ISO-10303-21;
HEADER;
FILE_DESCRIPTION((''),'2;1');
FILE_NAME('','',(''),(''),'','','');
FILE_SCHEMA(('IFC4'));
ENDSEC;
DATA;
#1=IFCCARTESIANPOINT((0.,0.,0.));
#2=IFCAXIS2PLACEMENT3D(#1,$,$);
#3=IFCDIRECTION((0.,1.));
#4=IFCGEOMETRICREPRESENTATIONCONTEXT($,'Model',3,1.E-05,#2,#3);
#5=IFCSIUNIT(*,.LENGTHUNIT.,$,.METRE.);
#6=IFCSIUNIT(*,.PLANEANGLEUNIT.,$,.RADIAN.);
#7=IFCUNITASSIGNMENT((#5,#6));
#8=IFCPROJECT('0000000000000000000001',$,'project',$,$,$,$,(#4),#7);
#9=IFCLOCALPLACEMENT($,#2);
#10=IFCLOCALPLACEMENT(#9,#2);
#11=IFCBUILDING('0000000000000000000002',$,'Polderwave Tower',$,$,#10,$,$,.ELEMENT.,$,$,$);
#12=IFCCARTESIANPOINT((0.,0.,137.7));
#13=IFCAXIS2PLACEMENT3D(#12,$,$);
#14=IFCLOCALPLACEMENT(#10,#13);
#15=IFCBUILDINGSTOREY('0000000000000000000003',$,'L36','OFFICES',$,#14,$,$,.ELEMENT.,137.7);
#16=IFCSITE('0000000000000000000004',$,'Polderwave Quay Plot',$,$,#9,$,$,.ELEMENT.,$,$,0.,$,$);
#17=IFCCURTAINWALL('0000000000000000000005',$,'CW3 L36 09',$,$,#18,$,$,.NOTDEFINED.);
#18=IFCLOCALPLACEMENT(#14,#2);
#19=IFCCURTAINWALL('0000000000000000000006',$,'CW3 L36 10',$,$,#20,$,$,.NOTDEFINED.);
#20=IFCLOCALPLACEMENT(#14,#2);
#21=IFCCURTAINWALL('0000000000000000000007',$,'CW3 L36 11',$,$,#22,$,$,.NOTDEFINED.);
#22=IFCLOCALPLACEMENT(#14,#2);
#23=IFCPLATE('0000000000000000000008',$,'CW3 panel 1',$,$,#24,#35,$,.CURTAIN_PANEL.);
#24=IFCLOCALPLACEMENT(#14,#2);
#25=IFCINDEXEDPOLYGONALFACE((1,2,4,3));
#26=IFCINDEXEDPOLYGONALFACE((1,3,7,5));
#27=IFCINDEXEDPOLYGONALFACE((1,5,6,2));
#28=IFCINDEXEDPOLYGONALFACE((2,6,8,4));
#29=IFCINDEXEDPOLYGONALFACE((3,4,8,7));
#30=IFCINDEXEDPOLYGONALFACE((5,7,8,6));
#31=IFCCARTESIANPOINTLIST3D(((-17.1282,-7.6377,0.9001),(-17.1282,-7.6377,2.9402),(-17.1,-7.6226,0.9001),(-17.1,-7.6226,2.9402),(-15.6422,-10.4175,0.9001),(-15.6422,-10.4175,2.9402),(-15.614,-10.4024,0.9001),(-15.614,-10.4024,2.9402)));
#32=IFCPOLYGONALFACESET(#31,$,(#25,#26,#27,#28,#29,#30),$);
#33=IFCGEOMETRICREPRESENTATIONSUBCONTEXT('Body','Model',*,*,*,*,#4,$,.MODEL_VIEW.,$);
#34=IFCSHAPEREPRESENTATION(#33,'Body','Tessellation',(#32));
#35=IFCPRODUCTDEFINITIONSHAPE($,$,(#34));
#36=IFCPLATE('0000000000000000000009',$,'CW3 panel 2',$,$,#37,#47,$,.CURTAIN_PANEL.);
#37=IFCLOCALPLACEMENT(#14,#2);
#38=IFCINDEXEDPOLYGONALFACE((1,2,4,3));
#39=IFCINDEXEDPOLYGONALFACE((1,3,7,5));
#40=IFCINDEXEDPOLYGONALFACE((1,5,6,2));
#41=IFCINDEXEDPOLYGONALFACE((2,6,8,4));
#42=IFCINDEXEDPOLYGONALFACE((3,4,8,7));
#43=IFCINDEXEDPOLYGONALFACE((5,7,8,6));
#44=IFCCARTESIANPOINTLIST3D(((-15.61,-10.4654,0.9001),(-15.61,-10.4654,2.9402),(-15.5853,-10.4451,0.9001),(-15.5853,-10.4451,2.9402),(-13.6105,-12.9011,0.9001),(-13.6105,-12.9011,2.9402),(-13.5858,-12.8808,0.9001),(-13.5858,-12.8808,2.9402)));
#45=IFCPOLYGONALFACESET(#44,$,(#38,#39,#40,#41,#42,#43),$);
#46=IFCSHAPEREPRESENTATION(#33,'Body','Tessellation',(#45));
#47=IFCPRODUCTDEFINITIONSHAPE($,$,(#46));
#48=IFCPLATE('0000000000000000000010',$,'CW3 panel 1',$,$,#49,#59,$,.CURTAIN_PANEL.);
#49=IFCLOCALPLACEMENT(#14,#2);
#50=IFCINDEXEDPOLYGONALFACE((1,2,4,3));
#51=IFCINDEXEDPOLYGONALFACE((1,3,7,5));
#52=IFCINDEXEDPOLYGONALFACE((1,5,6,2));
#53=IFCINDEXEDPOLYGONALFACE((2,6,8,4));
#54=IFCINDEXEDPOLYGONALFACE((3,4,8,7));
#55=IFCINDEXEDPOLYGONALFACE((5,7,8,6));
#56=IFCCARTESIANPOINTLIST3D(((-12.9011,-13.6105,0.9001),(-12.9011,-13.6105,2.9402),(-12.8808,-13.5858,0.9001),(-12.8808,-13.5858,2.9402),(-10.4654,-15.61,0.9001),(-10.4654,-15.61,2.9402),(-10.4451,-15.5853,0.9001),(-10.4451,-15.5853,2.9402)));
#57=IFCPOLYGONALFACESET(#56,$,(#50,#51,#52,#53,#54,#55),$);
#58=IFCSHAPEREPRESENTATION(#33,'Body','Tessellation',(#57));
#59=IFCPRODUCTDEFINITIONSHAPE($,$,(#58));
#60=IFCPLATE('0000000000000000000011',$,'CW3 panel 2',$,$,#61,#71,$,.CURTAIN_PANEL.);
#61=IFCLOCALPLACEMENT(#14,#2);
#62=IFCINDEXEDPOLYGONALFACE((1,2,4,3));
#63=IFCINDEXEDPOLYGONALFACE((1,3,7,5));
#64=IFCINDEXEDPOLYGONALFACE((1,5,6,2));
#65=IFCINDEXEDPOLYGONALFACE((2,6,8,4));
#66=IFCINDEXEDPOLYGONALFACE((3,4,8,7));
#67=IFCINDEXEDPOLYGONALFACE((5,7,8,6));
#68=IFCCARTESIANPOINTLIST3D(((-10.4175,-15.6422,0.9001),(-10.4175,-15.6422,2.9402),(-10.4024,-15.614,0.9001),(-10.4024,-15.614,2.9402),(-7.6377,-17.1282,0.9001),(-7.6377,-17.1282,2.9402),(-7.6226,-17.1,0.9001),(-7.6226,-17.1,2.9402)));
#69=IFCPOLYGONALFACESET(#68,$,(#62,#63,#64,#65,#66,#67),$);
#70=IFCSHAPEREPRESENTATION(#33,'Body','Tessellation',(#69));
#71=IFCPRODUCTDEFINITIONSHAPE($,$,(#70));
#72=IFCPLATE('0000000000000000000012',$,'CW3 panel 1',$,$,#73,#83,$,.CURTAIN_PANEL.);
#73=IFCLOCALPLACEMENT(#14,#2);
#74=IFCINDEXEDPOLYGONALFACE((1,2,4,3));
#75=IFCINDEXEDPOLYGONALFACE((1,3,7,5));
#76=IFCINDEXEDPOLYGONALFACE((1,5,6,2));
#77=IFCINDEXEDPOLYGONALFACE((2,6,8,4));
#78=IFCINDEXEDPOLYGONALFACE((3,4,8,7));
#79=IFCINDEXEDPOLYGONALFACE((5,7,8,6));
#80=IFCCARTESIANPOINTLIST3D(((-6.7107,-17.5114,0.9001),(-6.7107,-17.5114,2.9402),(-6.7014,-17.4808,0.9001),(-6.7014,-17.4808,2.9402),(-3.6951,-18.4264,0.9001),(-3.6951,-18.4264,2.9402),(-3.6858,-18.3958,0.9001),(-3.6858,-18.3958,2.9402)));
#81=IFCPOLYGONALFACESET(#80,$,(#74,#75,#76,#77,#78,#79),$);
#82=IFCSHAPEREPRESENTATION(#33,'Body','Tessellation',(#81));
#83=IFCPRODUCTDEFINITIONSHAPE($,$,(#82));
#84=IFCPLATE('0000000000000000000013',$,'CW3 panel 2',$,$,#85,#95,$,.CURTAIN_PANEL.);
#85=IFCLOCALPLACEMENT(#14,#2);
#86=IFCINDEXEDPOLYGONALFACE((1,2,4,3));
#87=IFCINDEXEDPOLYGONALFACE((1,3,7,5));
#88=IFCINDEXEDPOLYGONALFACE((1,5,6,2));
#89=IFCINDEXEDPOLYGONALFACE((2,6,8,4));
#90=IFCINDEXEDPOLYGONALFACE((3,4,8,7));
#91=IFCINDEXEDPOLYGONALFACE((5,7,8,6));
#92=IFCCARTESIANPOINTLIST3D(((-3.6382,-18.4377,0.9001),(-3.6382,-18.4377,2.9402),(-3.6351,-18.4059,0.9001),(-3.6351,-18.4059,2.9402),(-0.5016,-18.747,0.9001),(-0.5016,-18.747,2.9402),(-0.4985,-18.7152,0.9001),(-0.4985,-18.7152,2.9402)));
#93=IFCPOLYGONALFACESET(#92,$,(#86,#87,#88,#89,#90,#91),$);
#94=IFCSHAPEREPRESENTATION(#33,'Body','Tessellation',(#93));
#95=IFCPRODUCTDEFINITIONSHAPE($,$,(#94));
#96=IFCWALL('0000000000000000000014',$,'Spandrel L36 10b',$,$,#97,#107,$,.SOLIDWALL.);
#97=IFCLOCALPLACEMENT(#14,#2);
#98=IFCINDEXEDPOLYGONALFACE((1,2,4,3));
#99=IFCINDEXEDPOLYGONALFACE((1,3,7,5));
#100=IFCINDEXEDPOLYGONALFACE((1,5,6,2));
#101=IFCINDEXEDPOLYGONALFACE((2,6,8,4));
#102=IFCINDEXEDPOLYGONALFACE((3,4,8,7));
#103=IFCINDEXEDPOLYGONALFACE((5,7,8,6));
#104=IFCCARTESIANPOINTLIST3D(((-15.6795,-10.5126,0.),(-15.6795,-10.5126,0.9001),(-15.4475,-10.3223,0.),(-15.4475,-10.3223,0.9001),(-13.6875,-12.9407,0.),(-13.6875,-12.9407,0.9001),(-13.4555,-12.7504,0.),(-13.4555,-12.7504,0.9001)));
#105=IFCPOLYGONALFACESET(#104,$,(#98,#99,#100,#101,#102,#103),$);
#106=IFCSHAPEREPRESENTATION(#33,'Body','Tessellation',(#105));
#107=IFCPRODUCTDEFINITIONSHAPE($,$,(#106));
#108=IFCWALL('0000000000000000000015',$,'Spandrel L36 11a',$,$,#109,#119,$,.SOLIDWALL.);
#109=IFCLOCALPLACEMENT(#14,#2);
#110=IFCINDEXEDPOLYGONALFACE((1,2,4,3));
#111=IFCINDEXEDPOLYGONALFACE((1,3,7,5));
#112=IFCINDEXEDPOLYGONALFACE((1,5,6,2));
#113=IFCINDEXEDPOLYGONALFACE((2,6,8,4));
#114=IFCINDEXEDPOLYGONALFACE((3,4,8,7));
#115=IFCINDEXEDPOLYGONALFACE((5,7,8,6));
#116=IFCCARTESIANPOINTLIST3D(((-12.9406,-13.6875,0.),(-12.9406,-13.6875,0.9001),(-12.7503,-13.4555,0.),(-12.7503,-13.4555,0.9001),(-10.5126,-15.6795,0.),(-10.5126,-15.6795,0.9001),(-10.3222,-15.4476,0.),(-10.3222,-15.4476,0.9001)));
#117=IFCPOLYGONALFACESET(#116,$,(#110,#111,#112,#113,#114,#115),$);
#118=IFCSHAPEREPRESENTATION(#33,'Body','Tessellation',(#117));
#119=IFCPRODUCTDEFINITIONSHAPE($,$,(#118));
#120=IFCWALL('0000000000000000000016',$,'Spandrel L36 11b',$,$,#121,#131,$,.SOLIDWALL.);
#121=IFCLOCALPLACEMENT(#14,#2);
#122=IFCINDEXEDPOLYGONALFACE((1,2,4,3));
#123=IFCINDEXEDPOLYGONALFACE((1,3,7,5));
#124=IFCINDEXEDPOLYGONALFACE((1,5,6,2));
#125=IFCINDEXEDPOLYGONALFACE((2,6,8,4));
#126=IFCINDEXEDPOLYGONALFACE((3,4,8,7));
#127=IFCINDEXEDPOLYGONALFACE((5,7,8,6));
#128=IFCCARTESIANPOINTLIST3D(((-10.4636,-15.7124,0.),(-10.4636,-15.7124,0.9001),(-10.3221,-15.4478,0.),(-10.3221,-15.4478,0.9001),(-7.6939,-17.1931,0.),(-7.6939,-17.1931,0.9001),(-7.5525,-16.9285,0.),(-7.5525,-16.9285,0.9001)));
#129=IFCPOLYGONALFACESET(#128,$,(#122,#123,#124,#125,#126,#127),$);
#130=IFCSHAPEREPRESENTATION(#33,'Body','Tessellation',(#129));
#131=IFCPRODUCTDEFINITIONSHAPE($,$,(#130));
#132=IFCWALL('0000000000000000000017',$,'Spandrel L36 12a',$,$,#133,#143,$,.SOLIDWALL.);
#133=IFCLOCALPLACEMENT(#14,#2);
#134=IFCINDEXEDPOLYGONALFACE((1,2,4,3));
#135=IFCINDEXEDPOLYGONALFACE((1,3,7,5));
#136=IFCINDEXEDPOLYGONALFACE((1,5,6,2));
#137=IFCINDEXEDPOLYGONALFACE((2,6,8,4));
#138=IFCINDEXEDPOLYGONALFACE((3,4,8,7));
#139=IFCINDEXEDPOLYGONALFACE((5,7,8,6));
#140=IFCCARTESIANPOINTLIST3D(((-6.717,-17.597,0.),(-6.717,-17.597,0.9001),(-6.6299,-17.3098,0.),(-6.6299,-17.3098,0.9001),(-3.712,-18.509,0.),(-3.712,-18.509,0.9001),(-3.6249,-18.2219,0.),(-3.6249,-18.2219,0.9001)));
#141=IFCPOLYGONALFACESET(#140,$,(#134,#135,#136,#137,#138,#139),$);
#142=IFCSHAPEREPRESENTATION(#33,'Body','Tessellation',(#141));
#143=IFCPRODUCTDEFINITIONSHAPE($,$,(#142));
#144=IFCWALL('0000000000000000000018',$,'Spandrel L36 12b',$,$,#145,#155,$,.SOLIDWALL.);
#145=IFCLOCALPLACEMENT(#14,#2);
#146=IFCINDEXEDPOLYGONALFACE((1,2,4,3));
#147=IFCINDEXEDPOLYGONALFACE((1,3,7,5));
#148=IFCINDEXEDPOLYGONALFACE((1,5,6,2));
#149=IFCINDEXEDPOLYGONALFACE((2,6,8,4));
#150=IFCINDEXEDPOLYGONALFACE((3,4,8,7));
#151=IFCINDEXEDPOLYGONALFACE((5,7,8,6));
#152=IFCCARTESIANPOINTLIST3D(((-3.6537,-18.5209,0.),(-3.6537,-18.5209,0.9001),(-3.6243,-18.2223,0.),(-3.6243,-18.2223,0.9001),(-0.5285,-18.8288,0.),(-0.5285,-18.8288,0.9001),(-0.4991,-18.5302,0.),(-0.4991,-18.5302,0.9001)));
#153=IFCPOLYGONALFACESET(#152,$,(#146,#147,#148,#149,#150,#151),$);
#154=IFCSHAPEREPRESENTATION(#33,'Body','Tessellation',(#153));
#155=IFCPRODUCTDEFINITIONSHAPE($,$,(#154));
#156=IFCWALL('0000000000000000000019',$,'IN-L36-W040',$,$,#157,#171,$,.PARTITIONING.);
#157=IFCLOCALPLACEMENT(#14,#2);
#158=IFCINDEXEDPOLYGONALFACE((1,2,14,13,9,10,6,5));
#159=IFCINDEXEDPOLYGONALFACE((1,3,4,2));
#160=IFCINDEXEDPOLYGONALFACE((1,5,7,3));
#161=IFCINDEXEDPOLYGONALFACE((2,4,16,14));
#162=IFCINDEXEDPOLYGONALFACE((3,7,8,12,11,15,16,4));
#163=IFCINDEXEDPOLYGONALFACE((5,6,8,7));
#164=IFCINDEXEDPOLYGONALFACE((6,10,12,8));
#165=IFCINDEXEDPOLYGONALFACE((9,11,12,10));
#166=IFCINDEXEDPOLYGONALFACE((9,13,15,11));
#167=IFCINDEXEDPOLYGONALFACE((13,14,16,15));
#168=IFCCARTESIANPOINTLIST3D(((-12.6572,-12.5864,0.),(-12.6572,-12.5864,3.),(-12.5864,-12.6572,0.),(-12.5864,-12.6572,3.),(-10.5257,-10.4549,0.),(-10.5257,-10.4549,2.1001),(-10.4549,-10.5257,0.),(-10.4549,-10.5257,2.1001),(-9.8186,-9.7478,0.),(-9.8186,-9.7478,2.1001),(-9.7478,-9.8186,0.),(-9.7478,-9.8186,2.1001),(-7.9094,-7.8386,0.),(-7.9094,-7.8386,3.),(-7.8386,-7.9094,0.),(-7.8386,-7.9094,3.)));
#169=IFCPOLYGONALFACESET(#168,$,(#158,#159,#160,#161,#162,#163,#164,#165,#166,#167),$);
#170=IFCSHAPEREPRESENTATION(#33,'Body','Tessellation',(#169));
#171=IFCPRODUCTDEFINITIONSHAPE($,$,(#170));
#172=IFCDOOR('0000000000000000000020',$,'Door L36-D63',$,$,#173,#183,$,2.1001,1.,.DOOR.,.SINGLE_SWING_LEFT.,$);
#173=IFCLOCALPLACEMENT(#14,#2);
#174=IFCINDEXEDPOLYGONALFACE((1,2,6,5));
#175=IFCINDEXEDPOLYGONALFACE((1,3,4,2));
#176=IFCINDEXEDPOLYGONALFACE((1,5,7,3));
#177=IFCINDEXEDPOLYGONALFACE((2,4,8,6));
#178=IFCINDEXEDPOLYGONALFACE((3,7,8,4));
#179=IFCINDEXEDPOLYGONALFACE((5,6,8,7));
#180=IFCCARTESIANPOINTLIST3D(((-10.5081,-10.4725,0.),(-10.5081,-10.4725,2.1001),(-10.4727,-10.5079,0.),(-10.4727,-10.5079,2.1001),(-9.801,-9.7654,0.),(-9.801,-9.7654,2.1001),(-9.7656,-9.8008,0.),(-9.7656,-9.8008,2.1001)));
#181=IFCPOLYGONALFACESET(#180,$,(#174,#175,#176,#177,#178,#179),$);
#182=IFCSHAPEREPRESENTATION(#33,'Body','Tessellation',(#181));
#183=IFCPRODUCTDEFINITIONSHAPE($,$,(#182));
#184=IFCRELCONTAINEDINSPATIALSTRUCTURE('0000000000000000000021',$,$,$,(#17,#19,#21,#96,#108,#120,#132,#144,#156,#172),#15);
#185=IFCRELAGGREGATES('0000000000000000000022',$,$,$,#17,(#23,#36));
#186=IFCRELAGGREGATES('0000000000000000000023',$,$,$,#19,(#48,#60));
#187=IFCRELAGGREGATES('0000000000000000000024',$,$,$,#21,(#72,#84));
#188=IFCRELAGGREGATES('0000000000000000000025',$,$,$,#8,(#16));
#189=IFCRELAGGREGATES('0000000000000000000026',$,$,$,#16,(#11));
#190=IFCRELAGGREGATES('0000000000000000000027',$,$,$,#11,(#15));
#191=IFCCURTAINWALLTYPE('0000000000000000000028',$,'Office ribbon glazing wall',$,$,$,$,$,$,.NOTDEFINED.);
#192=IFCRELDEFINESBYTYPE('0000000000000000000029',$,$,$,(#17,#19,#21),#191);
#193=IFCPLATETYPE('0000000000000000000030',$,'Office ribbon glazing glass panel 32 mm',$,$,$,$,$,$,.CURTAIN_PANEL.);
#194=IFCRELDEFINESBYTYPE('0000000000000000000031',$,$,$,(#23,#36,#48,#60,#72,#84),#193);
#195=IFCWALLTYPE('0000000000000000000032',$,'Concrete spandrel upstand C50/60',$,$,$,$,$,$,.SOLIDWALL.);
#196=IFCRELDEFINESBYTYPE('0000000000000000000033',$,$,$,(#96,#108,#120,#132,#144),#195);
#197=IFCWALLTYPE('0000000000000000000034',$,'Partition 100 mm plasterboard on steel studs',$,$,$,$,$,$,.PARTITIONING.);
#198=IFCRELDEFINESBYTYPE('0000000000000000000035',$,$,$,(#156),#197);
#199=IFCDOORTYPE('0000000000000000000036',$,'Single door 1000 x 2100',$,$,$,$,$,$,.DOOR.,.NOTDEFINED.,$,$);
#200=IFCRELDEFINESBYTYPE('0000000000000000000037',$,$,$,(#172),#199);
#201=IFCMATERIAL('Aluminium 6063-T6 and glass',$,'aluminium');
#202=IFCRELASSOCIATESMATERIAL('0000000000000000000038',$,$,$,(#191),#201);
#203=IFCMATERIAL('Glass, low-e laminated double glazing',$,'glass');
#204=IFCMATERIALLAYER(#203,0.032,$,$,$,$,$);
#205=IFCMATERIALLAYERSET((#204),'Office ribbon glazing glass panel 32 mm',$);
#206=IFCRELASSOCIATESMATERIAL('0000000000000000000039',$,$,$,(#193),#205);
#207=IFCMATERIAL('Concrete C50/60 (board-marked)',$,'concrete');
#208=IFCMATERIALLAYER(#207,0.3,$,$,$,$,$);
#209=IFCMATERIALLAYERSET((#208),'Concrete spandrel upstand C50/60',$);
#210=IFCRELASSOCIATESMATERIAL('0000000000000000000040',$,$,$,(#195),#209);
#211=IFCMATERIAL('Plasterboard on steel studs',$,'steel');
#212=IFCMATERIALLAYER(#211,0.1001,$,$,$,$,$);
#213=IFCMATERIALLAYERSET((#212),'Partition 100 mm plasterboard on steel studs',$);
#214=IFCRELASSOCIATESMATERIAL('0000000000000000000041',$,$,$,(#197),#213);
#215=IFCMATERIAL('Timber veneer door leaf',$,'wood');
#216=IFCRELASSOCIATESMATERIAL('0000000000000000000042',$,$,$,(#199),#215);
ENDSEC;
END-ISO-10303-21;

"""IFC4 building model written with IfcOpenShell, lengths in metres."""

from ifc_helpers import new_model, si_unit, direction, frame, frame_2d, origin, origin_2d, place, context, subcontext, project, spatial, rectangle, extrude, material, layer, layer_set, type_object, element, fill, aggregate, save


model = new_model("IFC4")

# Units and contexts
model_context = context("Model", 3, precision=1e-05, world=origin(), true_north=direction((0.0, 1.0)))
body_context = subcontext(model_context, "Body", "Model", "MODEL_VIEW")
ifc_project = project(units=[si_unit("LENGTHUNIT", "METRE"), si_unit("PLANEANGLEUNIT", "RADIAN")], contexts=[model_context])

# Site, building, storey
site_placement = place(None, origin())
site = spatial("IfcSite", under=ifc_project, at=site_placement, Name="Polderwave Quay Plot", CompositionType="ELEMENT", RefElevation=0.0)
building_placement = place(site_placement, origin())
building = spatial("IfcBuilding", under=site, at=building_placement, Name="Polderwave Tower", CompositionType="ELEMENT")
storey_placement = place(building_placement, frame((0.0, 0.0, 137.7)))
storey = spatial("IfcBuildingStorey", under=building, at=storey_placement, Name="L36", Description="OFFICES", CompositionType="ELEMENT", Elevation=137.7)

# Curtain walls
ifc_material_1 = material(Name="Aluminium 6063-T6 and glass", Category="aluminium")
curtain_wall_type = type_object("IfcCurtainWallType", Name="Office ribbon glazing wall", PredefinedType="NOTDEFINED", material=ifc_material_1)
curtain_wall_1_placement = place(storey_placement, origin())
curtain_wall_1 = element("IfcCurtainWall", 1, at=curtain_wall_1_placement, inside=storey, type_object=curtain_wall_type, Name="CW3 L36 09", PredefinedType="NOTDEFINED")
curtain_wall_2_placement = place(storey_placement, origin())
curtain_wall_2 = element("IfcCurtainWall", 2, at=curtain_wall_2_placement, inside=storey, type_object=curtain_wall_type, Name="CW3 L36 10", PredefinedType="NOTDEFINED")
curtain_wall_3_placement = place(storey_placement, origin())
curtain_wall_3 = element("IfcCurtainWall", 3, at=curtain_wall_3_placement, inside=storey, type_object=curtain_wall_type, Name="CW3 L36 11", PredefinedType="NOTDEFINED")

# Plates
ifc_material_2 = material(Name="Glass, low-e laminated double glazing", Category="glass")
ifc_layer_1 = layer(ifc_material_2, 0.032)
ifc_layer_set_1 = layer_set([ifc_layer_1], Name="Office ribbon glazing glass panel 32 mm")
plate_type = type_object("IfcPlateType", Name="Office ribbon glazing glass panel 32 mm", PredefinedType="CURTAIN_PANEL", material=ifc_layer_set_1)
plate_1_placement = place(storey_placement, frame((-16.3711, -9.02, 0.9001), z_axis=(0.0, 0.0, 1.0), x_axis=(0.471454, -0.881891, 0.0)))
plate_1 = element("IfcPlate", 4, at=plate_1_placement, type_object=plate_type, Name="CW3 panel 1", PredefinedType="CURTAIN_PANEL", context=body_context, shape_type="SweptSolid", body=[
    extrude(rectangle(XDim=3.1521, YDim=0.032, at=origin_2d()), origin(), (0.0, 0.0, 1.0), 2.04),
])
plate_2_placement = place(storey_placement, frame((-14.5979, -11.6731, 0.9001), z_axis=(0.0, 0.0, 1.0), x_axis=(0.634505, -0.772919, 0.0)))
plate_2 = element("IfcPlate", 5, at=plate_2_placement, type_object=plate_type, Name="CW3 panel 2", PredefinedType="CURTAIN_PANEL", context=body_context, shape_type="SweptSolid", body=[
    extrude(rectangle(XDim=3.1514, YDim=0.032, at=origin_2d()), origin(), (0.0, 0.0, 1.0), 2.04),
])
aggregate(curtain_wall_1, [plate_1, plate_2])
plate_3_placement = place(storey_placement, frame((-11.6731, -14.5979, 0.9001), z_axis=(0.0, 0.0, 1.0), x_axis=(0.772919, -0.634505, 0.0)))
plate_3 = element("IfcPlate", 6, at=plate_3_placement, type_object=plate_type, Name="CW3 panel 1", PredefinedType="CURTAIN_PANEL", context=body_context, shape_type="SweptSolid", body=[
    extrude(rectangle(XDim=3.1514, YDim=0.032, at=origin_2d()), origin(), (0.0, 0.0, 1.0), 2.04),
])
plate_4_placement = place(storey_placement, frame((-9.02, -16.3711, 0.9001), z_axis=(0.0, 0.0, 1.0), x_axis=(0.881891, -0.471454, 0.0)))
plate_4 = element("IfcPlate", 7, at=plate_4_placement, type_object=plate_type, Name="CW3 panel 2", PredefinedType="CURTAIN_PANEL", context=body_context, shape_type="SweptSolid", body=[
    extrude(rectangle(XDim=3.1521, YDim=0.032, at=origin_2d()), origin(), (0.0, 0.0, 1.0), 2.04),
])
aggregate(curtain_wall_2, [plate_3, plate_4])
plate_5_placement = place(storey_placement, frame((-5.1982, -17.9536, 0.9001), z_axis=(0.0, 0.0, 1.0), x_axis=(0.956921, -0.290348, 0.0)))
plate_5 = element("IfcPlate", 8, at=plate_5_placement, type_object=plate_type, Name="CW3 panel 1", PredefinedType="CURTAIN_PANEL", context=body_context, shape_type="SweptSolid", body=[
    extrude(rectangle(XDim=3.1514, YDim=0.032, at=origin_2d()), origin(), (0.0, 0.0, 1.0), 2.04),
])
plate_6_placement = place(storey_placement, frame((-2.0684, -18.5764, 0.9001), z_axis=(0.0, 0.0, 1.0), x_axis=(0.995173, -0.098134, 0.0)))
plate_6 = element("IfcPlate", 9, at=plate_6_placement, type_object=plate_type, Name="CW3 panel 2", PredefinedType="CURTAIN_PANEL", context=body_context, shape_type="SweptSolid", body=[
    extrude(rectangle(XDim=3.1519, YDim=0.032, at=origin_2d()), origin(), (0.0, 0.0, 1.0), 2.04),
])
aggregate(curtain_wall_3, [plate_5, plate_6])

# Walls
ifc_material_3 = material(Name="Concrete C50/60 (board-marked)", Category="concrete")
ifc_layer_2 = layer(ifc_material_3, 0.3)
ifc_layer_set_2 = layer_set([ifc_layer_2], Name="Concrete spandrel upstand C50/60")
wall_type_1 = type_object("IfcWallType", Name="Concrete spandrel upstand C50/60", PredefinedType="SOLIDWALL", material=ifc_layer_set_2)
for number, where, z_axis, x_axis, name in (
    (10, (-15.5635, -10.4175, 0.0), (0.0, 0.0, 1.0), (0.63427, -0.773111, 0.0), "Spandrel L36 10b"),
    (11, (-12.8455, -13.5715, 0.0), (0.0, 0.0, 1.0), (0.773111, -0.63427, 0.0), "Spandrel L36 11a"),
    (12, (-10.3928, -15.5801, 0.0), (0.0, 0.0, 1.0), (0.881873, -0.471488, 0.0), "Spandrel L36 11b"),
):
    element("IfcWall", number, at=place(storey_placement, frame(where, z_axis=z_axis, x_axis=x_axis)), inside=storey, type_object=wall_type_1, Name=name, PredefinedType="SOLIDWALL", context=body_context, shape_type="SweptSolid", body=[
        extrude(rectangle(XDim=3.1406, YDim=0.3, at=frame_2d((1.5703, 0.0))), origin(), (0.0, 0.0, 1.0), 0.9001),
    ])
for number, where, z_axis, x_axis, name in (
    (13, (-6.6736, -17.4534, 0.0), (0.0, 0.0, 1.0), (0.956895, -0.290435, 0.0), "Spandrel L36 12a"),
    (14, (-3.6392, -18.3716, 0.0), (0.0, 0.0, 1.0), (0.995183, -0.098033, 0.0), "Spandrel L36 12b"),
):
    element("IfcWall", number, at=place(storey_placement, frame(where, z_axis=z_axis, x_axis=x_axis)), inside=storey, type_object=wall_type_1, Name=name, PredefinedType="SOLIDWALL", context=body_context, shape_type="SweptSolid", body=[
        extrude(rectangle(XDim=3.1404, YDim=0.3, at=frame_2d((1.5703, 0.0))), origin(), (0.0, 0.0, 1.0), 0.9001),
    ])

# Wall, opening, door
ifc_material_4 = material(Name="Plasterboard on steel studs", Category="steel")
ifc_layer_3 = layer(ifc_material_4, 0.1001)
ifc_layer_set_3 = layer_set([ifc_layer_3], Name="Partition 100 mm plasterboard on steel studs")
wall_type_2 = type_object("IfcWallType", Name="Partition 100 mm plasterboard on steel studs", PredefinedType="PARTITIONING", material=ifc_layer_set_3)
wall_1_placement = place(storey_placement, frame((-7.874, -7.874, 0.0), z_axis=(0.0, 0.0, 1.0), x_axis=(-0.707107, -0.707107, 0.0)))
wall_1 = element("IfcWall", 15, at=wall_1_placement, inside=storey, type_object=wall_type_2, Name="IN-L36-W040", PredefinedType="PARTITIONING", context=body_context, shape_type="SweptSolid", body=[
    extrude(rectangle(XDim=6.7144, YDim=0.1001, at=frame_2d((3.3572, 0.0))), origin(), (0.0, 0.0, 1.0), 3.0),
])
opening_1_placement = place(wall_1_placement, frame((2.7, 0.0, 0.0)))
opening_1 = element("IfcOpeningElement", 16, at=opening_1_placement, cuts=wall_1, PredefinedType="OPENING", context=body_context, shape_type="SweptSolid", body=[
    extrude(rectangle(XDim=1.0, YDim=2.1001, at=frame_2d((0.5, 1.05))), frame((0.0, 0.0601, 0.0), z_axis=(0.0, -1.0, 0.0), x_axis=(1.0, 0.0, 0.0)), (0.0, 0.0, 1.0), 0.1201),
])
ifc_material_5 = material(Name="Timber veneer door leaf", Category="wood")
door_type = type_object("IfcDoorType", Name="Single door 1000 x 2100", OperationType="NOTDEFINED", PredefinedType="DOOR", material=ifc_material_5)
door_1_placement = place(opening_1_placement, origin())
door_1 = element("IfcDoor", 17, at=door_1_placement, inside=storey, type_object=door_type, Name="Door L36-D63", OperationType="SINGLE_SWING_LEFT", OverallHeight=2.1001, OverallWidth=1.0, PredefinedType="DOOR", context=body_context, shape_type="SweptSolid", body=[
    extrude(rectangle(XDim=1.0, YDim=2.1001, at=frame_2d((0.5, 1.05))), frame((0.0, 0.0249, 0.0), z_axis=(0.0, -1.0, 0.0), x_axis=(1.0, 0.0, 0.0)), (0.0, 0.0, 1.0), 0.05),
])
fill(opening_1, door_1)

save(model, "model.ifc")
